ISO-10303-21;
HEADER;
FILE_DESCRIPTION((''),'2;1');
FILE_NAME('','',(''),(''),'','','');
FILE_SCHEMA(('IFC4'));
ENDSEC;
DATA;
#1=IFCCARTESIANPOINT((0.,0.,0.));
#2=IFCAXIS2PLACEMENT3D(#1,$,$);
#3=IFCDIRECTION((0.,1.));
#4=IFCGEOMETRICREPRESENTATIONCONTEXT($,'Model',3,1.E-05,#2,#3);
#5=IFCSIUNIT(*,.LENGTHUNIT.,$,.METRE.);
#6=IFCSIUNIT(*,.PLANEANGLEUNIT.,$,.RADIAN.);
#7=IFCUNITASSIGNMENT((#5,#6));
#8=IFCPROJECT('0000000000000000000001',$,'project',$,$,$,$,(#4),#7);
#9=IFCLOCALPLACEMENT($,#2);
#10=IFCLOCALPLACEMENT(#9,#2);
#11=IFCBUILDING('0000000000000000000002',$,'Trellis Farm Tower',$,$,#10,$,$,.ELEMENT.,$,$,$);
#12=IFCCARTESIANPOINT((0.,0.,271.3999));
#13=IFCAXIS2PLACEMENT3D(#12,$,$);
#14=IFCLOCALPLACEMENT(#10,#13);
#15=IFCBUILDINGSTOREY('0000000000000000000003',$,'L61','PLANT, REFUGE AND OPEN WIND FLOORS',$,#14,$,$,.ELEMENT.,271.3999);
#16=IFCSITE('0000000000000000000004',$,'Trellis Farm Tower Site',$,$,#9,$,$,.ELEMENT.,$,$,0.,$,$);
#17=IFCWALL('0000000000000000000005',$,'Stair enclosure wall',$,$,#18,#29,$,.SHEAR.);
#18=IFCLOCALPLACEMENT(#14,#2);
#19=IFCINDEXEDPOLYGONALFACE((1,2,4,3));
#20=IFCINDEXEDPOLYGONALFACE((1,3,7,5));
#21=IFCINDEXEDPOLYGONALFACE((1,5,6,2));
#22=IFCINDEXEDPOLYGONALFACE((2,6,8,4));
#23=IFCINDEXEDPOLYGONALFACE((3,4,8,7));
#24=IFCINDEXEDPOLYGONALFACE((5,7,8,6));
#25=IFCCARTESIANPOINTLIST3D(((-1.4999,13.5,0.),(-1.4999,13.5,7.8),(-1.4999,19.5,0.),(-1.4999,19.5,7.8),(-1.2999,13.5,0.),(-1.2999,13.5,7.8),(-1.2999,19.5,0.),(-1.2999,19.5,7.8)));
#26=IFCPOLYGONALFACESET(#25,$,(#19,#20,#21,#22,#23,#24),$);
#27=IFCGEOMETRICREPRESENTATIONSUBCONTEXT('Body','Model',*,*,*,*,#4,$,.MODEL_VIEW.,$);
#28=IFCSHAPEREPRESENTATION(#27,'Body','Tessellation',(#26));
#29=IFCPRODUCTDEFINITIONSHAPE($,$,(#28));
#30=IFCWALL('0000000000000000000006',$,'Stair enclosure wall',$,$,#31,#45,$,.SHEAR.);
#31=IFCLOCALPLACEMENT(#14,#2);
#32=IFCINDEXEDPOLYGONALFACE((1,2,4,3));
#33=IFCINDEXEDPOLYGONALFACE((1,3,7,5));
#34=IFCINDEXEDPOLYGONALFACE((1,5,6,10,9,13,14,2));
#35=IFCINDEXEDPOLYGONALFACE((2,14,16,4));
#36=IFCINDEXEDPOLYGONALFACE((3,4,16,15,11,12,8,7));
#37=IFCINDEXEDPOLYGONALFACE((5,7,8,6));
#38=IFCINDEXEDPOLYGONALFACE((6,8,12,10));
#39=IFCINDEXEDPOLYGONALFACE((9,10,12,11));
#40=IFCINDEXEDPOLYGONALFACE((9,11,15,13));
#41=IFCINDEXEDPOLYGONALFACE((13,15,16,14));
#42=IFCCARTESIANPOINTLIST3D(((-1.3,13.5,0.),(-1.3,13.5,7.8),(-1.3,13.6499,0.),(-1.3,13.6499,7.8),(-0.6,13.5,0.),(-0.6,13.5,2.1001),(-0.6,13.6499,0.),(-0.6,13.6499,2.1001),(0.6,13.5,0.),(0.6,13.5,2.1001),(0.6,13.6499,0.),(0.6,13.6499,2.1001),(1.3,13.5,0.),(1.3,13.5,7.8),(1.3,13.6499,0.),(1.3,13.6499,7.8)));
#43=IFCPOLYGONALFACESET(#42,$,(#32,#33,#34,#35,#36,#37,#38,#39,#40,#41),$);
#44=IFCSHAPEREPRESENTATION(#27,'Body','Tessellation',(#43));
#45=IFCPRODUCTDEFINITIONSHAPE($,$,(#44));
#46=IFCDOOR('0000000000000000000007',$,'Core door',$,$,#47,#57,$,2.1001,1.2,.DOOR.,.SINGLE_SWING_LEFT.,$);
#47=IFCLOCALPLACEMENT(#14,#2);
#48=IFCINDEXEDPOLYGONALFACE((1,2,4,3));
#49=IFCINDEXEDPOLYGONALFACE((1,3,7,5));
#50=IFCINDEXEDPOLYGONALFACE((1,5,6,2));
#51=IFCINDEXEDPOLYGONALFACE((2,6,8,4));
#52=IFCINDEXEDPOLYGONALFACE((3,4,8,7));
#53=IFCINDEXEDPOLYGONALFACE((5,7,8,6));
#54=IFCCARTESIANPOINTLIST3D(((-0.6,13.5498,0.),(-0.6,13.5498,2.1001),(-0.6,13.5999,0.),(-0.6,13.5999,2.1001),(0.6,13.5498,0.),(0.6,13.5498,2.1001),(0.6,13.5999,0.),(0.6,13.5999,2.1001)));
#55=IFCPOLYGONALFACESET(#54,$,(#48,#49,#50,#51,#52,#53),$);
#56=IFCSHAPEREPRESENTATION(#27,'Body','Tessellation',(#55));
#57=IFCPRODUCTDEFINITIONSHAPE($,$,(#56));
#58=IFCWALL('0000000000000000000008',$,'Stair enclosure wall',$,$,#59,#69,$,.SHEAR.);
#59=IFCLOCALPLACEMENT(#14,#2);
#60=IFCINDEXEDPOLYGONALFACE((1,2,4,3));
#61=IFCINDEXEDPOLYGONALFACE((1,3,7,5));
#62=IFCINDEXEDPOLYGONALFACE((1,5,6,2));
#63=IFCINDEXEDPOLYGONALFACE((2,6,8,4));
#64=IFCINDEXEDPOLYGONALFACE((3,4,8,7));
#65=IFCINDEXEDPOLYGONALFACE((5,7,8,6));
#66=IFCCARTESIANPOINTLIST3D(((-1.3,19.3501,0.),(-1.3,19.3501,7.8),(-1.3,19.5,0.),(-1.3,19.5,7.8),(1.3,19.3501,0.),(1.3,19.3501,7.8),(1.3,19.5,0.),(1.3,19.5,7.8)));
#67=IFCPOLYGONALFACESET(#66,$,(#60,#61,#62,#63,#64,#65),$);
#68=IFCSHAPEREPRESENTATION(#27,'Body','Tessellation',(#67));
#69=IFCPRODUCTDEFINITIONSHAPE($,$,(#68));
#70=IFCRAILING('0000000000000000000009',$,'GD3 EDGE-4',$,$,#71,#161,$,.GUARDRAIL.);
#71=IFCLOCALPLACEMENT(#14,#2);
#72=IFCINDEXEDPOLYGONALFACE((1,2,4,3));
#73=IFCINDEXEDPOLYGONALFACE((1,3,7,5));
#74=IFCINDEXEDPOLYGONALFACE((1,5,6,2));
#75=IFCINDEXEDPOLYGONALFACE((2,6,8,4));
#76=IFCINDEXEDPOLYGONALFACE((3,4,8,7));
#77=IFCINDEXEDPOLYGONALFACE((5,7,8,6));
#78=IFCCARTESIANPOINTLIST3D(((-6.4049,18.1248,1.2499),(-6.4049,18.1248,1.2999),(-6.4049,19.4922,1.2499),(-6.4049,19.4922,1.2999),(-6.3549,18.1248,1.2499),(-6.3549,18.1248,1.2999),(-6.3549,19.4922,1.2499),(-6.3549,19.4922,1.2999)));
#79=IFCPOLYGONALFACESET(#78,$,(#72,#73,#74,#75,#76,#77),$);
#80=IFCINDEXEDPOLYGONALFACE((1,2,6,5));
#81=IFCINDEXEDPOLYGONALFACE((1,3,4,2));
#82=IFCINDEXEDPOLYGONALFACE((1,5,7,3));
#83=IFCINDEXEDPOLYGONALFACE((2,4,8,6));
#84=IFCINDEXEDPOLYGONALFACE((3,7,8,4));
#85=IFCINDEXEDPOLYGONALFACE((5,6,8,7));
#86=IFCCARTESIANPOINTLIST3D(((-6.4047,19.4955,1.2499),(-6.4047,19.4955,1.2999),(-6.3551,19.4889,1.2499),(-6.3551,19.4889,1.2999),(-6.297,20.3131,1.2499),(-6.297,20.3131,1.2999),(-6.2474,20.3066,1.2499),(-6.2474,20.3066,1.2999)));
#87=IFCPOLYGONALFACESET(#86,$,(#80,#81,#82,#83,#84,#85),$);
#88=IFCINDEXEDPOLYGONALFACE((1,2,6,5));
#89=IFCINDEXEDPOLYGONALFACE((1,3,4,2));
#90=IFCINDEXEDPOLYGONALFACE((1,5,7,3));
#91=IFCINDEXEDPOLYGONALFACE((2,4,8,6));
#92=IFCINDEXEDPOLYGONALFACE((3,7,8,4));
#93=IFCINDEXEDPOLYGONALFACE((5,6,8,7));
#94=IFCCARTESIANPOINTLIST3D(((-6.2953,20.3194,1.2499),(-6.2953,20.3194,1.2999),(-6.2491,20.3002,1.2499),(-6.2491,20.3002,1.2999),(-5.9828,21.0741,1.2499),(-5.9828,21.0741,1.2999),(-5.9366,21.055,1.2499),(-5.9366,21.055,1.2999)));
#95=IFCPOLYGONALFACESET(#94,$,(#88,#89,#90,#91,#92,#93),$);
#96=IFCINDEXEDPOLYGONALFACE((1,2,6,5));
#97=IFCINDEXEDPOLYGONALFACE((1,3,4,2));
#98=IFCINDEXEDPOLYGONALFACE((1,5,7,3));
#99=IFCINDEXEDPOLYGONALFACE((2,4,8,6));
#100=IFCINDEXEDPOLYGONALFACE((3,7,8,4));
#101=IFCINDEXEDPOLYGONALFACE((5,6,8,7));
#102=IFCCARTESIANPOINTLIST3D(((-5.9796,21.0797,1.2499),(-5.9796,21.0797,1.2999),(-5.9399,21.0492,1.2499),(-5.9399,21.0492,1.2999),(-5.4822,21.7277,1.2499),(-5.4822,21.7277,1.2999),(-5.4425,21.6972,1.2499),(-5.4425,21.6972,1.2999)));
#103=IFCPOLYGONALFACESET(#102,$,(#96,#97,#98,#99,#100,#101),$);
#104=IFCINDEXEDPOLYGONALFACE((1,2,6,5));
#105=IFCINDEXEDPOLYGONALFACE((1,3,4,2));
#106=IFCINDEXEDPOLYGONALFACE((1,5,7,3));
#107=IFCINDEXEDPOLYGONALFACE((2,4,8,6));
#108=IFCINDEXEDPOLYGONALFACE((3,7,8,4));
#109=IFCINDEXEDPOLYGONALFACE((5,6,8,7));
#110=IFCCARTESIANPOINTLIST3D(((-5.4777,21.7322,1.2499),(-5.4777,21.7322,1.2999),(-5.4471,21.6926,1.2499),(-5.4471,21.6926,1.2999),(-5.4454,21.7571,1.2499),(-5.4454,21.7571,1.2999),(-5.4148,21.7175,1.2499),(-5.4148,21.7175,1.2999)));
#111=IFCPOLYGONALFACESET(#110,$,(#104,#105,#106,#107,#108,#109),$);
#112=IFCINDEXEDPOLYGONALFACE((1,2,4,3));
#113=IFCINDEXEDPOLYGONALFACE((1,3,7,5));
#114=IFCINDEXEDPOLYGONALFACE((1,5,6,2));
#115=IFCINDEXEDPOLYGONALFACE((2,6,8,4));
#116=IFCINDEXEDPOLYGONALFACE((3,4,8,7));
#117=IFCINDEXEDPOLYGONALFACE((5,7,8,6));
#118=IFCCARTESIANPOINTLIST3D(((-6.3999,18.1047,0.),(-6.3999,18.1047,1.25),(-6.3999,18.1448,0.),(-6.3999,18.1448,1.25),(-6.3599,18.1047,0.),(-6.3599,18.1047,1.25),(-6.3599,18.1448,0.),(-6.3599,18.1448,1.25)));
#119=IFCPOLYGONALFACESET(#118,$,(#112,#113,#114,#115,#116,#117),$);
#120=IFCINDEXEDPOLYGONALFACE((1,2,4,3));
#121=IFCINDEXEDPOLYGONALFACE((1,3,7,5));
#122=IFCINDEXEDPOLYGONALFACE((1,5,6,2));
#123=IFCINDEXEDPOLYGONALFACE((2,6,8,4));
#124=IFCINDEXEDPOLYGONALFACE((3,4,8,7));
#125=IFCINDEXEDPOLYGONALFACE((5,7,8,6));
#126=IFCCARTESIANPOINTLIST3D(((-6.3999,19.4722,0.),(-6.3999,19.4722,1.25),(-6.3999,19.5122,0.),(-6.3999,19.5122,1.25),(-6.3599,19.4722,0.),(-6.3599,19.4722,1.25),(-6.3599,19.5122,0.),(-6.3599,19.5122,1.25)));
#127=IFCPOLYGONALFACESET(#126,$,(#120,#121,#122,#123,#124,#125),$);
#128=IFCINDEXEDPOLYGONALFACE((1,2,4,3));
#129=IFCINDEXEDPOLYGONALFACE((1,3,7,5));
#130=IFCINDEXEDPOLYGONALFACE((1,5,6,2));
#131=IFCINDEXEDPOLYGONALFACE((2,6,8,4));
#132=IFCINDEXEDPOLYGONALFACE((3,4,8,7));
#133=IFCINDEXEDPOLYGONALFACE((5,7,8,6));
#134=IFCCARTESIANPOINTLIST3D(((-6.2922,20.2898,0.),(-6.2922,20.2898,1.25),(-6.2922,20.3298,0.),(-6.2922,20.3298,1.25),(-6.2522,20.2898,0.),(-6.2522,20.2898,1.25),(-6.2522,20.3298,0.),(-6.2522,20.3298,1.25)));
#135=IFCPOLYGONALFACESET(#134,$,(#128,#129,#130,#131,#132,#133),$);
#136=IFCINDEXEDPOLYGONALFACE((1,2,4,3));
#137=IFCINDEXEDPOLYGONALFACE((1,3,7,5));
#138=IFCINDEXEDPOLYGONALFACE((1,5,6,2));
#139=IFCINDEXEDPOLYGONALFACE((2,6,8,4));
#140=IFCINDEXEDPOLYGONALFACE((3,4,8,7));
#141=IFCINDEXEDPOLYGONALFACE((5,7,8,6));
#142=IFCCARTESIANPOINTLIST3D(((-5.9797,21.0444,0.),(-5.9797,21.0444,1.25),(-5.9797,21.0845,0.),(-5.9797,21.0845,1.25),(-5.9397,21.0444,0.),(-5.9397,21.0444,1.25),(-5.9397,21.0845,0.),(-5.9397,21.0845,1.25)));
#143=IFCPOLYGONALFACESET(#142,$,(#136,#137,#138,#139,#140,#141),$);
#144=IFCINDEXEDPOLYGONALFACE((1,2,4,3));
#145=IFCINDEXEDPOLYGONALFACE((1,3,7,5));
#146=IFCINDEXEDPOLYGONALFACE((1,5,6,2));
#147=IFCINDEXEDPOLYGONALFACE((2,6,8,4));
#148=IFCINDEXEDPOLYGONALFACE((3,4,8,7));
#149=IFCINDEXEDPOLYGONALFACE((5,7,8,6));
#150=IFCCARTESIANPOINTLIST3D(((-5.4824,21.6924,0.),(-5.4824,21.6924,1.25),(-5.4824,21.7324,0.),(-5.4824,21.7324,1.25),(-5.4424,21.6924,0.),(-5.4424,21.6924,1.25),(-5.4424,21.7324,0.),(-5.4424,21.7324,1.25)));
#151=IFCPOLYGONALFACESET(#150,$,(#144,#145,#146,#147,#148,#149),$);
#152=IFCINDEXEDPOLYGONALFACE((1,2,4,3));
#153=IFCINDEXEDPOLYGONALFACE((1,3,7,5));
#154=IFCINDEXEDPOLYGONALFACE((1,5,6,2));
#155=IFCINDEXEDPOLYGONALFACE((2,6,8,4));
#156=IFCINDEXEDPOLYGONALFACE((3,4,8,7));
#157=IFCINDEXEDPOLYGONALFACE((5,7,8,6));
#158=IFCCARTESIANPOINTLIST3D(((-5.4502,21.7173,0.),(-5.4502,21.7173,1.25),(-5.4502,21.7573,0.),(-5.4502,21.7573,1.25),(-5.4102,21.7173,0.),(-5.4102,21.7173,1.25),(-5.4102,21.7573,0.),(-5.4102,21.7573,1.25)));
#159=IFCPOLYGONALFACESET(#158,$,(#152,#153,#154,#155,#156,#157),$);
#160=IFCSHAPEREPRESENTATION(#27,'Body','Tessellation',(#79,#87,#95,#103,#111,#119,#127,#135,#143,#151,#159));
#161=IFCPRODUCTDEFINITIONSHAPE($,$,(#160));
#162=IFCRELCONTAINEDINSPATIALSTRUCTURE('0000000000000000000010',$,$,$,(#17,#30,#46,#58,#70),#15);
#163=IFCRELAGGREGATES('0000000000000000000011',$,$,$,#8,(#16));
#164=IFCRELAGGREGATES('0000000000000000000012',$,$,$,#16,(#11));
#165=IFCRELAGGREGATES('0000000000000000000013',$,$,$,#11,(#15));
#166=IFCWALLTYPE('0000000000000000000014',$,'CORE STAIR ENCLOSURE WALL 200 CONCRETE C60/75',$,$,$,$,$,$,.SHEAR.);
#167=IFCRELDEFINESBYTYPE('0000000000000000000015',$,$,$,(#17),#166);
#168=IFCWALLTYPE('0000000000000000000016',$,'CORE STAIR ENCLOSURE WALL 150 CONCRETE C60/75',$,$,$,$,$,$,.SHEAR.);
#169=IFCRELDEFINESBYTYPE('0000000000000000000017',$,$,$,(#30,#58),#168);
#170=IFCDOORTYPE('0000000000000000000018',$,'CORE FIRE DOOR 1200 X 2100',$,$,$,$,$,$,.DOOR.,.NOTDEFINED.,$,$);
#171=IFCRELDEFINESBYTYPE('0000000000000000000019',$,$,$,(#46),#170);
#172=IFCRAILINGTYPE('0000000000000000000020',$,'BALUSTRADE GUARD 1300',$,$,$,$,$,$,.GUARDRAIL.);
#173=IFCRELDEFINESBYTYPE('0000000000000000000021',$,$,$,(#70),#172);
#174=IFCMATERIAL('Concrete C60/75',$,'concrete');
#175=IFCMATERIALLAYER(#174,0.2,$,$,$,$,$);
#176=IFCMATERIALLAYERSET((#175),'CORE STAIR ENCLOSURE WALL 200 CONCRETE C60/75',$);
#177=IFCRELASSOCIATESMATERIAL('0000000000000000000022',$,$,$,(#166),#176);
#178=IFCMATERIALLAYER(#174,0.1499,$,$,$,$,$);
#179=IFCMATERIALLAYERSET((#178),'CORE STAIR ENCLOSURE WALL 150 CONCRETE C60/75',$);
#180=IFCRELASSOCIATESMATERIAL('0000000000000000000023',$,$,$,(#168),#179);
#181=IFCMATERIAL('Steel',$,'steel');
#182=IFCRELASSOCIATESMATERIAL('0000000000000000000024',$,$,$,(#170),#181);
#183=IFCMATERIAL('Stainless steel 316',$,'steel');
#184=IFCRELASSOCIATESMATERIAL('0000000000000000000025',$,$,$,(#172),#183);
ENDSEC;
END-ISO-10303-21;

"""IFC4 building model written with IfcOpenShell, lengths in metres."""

from ifc_helpers import new_model, si_unit, direction, frame, frame_2d, origin, origin_2d, place, context, subcontext, project, spatial, rectangle, extrude, source, transform, mapped, material, layer, layer_set, type_object, element, fill, save


model = new_model("IFC4")

# Units and contexts
model_context = context("Model", 3, precision=1e-05, world=origin(), true_north=direction((0.0, 1.0)))
body_context = subcontext(model_context, "Body", "Model", "MODEL_VIEW")
ifc_project = project(units=[si_unit("LENGTHUNIT", "METRE"), si_unit("PLANEANGLEUNIT", "RADIAN")], contexts=[model_context])

# Site, building, storey
site_placement = place(None, origin())
site = spatial("IfcSite", under=ifc_project, at=site_placement, Name="Trellis Farm Tower Site", CompositionType="ELEMENT", RefElevation=0.0)
building_placement = place(site_placement, origin())
building = spatial("IfcBuilding", under=site, at=building_placement, Name="Trellis Farm Tower", CompositionType="ELEMENT")
storey_placement = place(building_placement, frame((0.0, 0.0, 271.3999)))
storey = spatial("IfcBuildingStorey", under=building, at=storey_placement, Name="L61", Description="PLANT, REFUGE AND OPEN WIND FLOORS", CompositionType="ELEMENT", Elevation=271.3999)

# Shared definitions
ifc_material_1 = material(Name="Concrete C60/75", Category="concrete")

# Wall
ifc_layer_1 = layer(ifc_material_1, 0.2)
ifc_layer_set_1 = layer_set([ifc_layer_1], Name="CORE STAIR ENCLOSURE WALL 200 CONCRETE C60/75")
wall_type_1 = type_object("IfcWallType", Name="CORE STAIR ENCLOSURE WALL 200 CONCRETE C60/75", PredefinedType="SHEAR", material=ifc_layer_set_1)
shared_shape_1 = source(origin(), body_context, "Body", "SweptSolid", [
    extrude(rectangle(XDim=6.0, YDim=0.2, at=frame_2d((3.0, 0.0))), origin(), (0.0, 0.0, 1.0), 7.8),
])
wall_1_placement = place(storey_placement, frame((-1.3999, 13.5, 0.0), z_axis=(0.0, 0.0, 1.0), x_axis=(0.0, 1.0, 0.0)))
element("IfcWall", 1, at=wall_1_placement, inside=storey, type_object=wall_type_1, Name="Stair enclosure wall", PredefinedType="SHEAR", context=body_context, shape_type="MappedRepresentation", body=[
    mapped(shared_shape_1, transform((0.0, 0.0, 0.0))),
])

# Wall, opening, door
ifc_layer_2 = layer(ifc_material_1, 0.1499)
ifc_layer_set_2 = layer_set([ifc_layer_2], Name="CORE STAIR ENCLOSURE WALL 150 CONCRETE C60/75")
wall_type_2 = type_object("IfcWallType", Name="CORE STAIR ENCLOSURE WALL 150 CONCRETE C60/75", PredefinedType="SHEAR", material=ifc_layer_set_2)
shared_shape_2 = source(origin(), body_context, "Body", "SweptSolid", [
    extrude(rectangle(XDim=2.6001, YDim=0.1499, at=frame_2d((1.3, 0.0))), origin(), (0.0, 0.0, 1.0), 7.8),
])
wall_2_placement = place(storey_placement, frame((-1.3, 13.575, 0.0), z_axis=(0.0, 0.0, 1.0), x_axis=(1.0, 0.0, 0.0)))
wall_2 = element("IfcWall", 2, at=wall_2_placement, inside=storey, type_object=wall_type_2, Name="Stair enclosure wall", PredefinedType="SHEAR", context=body_context, shape_type="MappedRepresentation", body=[
    mapped(shared_shape_2, transform((0.0, 0.0, 0.0))),
])
shared_shape_3 = source(origin(), body_context, "Body", "SweptSolid", [
    extrude(rectangle(XDim=1.2, YDim=2.1001, at=frame_2d((0.6001, 1.05))), frame((0.0, 0.085, 0.0), z_axis=(0.0, -1.0, 0.0), x_axis=(1.0, 0.0, 0.0)), (0.0, 0.0, 1.0), 0.1699),
])
opening_placement = place(wall_2_placement, frame((0.7, 0.0, 0.0)))
opening = element("IfcOpeningElement", 3, at=opening_placement, cuts=wall_2, PredefinedType="OPENING", context=body_context, shape_type="MappedRepresentation", body=[
    mapped(shared_shape_3, transform((0.0, 0.0, 0.0))),
])
ifc_material_2 = material(Name="Steel", Category="steel")
door_type = type_object("IfcDoorType", Name="CORE FIRE DOOR 1200 X 2100", OperationType="NOTDEFINED", PredefinedType="DOOR", material=ifc_material_2)
shared_shape_4 = source(origin(), body_context, "Body", "SweptSolid", [
    extrude(rectangle(XDim=1.2, YDim=2.1001, at=frame_2d((0.6001, 1.05))), frame((0.0, 0.0249, 0.0), z_axis=(0.0, -1.0, 0.0), x_axis=(1.0, 0.0, 0.0)), (0.0, 0.0, 1.0), 0.05),
])
door_placement = place(opening_placement, origin())
door = element("IfcDoor", 4, at=door_placement, inside=storey, type_object=door_type, Name="Core door", OperationType="SINGLE_SWING_LEFT", OverallHeight=2.1001, OverallWidth=1.2, PredefinedType="DOOR", context=body_context, shape_type="MappedRepresentation", body=[
    mapped(shared_shape_4, transform((0.0, 0.0, 0.0))),
])
fill(opening, door)

# Wall
wall_3_placement = place(storey_placement, frame((-1.3, 19.425, 0.0), z_axis=(0.0, 0.0, 1.0), x_axis=(1.0, 0.0, 0.0)))
element("IfcWall", 5, at=wall_3_placement, inside=storey, type_object=wall_type_2, Name="Stair enclosure wall", PredefinedType="SHEAR", context=body_context, shape_type="MappedRepresentation", body=[
    mapped(shared_shape_2, transform((0.0, 0.0, 0.0))),
])

# Railing
ifc_material_3 = material(Name="Stainless steel 316", Category="steel")
railing_type_1 = type_object("IfcRailingType", Name="BALUSTRADE GUARD 1300", PredefinedType="GUARDRAIL", material=ifc_material_3)
railing_1_placement = place(storey_placement, frame((-6.3799, 18.1248, 0.0)))
element("IfcRailing", 6, at=railing_1_placement, inside=storey, type_object=railing_type_1, Name="GD3 EDGE-4", PredefinedType="GUARDRAIL", context=body_context, shape_type="SweptSolid", body=[
    extrude(rectangle(XDim=0.05, YDim=0.05, at=origin_2d()), frame((0.0, 0.0, 1.2749), z_axis=(0.0, 1.0, 0.0), x_axis=(-1.0, 0.0, 0.0)), (0.0, 0.0, 1.0), 1.3674),
    extrude(rectangle(XDim=0.05, YDim=0.05, at=origin_2d()), frame((0.0, 1.3674, 1.2749), z_axis=(0.130554, 0.991441, 0.0), x_axis=(-0.991441, 0.130554, 0.0)), (0.0, 0.0, 1.0), 0.8247),
    extrude(rectangle(XDim=0.05, YDim=0.05, at=origin_2d()), frame((0.1077, 2.1851, 1.2749), z_axis=(0.382598, 0.923915, 0.0), x_axis=(-0.923915, 0.382598, 0.0)), (0.0, 0.0, 1.0), 0.8169),
    extrude(rectangle(XDim=0.05, YDim=0.05, at=origin_2d()), frame((0.4202, 2.9397, 1.2749), z_axis=(0.608858, 0.793279, 0.0), x_axis=(-0.793279, 0.608858, 0.0)), (0.0, 0.0, 1.0), 0.8169),
    extrude(rectangle(XDim=0.05, YDim=0.05, at=origin_2d()), frame((0.9175, 3.5876, 1.2749), z_axis=(0.791285, 0.611448, 0.0), x_axis=(-0.611448, 0.791285, 0.0)), (0.0, 0.0, 1.0), 0.0408),
    extrude(rectangle(XDim=0.04, YDim=0.04, at=origin_2d()), origin(), (0.0, 0.0, 1.0), 1.25),
    extrude(rectangle(XDim=0.04, YDim=0.04, at=origin_2d()), frame((0.0, 1.3674, 0.0)), (0.0, 0.0, 1.0), 1.25),
    extrude(rectangle(XDim=0.04, YDim=0.04, at=origin_2d()), frame((0.1077, 2.1851, 0.0)), (0.0, 0.0, 1.0), 1.25),
    extrude(rectangle(XDim=0.04, YDim=0.04, at=origin_2d()), frame((0.4202, 2.9397, 0.0)), (0.0, 0.0, 1.0), 1.25),
    extrude(rectangle(XDim=0.04, YDim=0.04, at=origin_2d()), frame((0.9175, 3.5876, 0.0)), (0.0, 0.0, 1.0), 1.25),
    extrude(rectangle(XDim=0.04, YDim=0.04, at=origin_2d()), frame((0.9497, 3.6125, 0.0)), (0.0, 0.0, 1.0), 1.25),
])

save(model, "model.ifc")
